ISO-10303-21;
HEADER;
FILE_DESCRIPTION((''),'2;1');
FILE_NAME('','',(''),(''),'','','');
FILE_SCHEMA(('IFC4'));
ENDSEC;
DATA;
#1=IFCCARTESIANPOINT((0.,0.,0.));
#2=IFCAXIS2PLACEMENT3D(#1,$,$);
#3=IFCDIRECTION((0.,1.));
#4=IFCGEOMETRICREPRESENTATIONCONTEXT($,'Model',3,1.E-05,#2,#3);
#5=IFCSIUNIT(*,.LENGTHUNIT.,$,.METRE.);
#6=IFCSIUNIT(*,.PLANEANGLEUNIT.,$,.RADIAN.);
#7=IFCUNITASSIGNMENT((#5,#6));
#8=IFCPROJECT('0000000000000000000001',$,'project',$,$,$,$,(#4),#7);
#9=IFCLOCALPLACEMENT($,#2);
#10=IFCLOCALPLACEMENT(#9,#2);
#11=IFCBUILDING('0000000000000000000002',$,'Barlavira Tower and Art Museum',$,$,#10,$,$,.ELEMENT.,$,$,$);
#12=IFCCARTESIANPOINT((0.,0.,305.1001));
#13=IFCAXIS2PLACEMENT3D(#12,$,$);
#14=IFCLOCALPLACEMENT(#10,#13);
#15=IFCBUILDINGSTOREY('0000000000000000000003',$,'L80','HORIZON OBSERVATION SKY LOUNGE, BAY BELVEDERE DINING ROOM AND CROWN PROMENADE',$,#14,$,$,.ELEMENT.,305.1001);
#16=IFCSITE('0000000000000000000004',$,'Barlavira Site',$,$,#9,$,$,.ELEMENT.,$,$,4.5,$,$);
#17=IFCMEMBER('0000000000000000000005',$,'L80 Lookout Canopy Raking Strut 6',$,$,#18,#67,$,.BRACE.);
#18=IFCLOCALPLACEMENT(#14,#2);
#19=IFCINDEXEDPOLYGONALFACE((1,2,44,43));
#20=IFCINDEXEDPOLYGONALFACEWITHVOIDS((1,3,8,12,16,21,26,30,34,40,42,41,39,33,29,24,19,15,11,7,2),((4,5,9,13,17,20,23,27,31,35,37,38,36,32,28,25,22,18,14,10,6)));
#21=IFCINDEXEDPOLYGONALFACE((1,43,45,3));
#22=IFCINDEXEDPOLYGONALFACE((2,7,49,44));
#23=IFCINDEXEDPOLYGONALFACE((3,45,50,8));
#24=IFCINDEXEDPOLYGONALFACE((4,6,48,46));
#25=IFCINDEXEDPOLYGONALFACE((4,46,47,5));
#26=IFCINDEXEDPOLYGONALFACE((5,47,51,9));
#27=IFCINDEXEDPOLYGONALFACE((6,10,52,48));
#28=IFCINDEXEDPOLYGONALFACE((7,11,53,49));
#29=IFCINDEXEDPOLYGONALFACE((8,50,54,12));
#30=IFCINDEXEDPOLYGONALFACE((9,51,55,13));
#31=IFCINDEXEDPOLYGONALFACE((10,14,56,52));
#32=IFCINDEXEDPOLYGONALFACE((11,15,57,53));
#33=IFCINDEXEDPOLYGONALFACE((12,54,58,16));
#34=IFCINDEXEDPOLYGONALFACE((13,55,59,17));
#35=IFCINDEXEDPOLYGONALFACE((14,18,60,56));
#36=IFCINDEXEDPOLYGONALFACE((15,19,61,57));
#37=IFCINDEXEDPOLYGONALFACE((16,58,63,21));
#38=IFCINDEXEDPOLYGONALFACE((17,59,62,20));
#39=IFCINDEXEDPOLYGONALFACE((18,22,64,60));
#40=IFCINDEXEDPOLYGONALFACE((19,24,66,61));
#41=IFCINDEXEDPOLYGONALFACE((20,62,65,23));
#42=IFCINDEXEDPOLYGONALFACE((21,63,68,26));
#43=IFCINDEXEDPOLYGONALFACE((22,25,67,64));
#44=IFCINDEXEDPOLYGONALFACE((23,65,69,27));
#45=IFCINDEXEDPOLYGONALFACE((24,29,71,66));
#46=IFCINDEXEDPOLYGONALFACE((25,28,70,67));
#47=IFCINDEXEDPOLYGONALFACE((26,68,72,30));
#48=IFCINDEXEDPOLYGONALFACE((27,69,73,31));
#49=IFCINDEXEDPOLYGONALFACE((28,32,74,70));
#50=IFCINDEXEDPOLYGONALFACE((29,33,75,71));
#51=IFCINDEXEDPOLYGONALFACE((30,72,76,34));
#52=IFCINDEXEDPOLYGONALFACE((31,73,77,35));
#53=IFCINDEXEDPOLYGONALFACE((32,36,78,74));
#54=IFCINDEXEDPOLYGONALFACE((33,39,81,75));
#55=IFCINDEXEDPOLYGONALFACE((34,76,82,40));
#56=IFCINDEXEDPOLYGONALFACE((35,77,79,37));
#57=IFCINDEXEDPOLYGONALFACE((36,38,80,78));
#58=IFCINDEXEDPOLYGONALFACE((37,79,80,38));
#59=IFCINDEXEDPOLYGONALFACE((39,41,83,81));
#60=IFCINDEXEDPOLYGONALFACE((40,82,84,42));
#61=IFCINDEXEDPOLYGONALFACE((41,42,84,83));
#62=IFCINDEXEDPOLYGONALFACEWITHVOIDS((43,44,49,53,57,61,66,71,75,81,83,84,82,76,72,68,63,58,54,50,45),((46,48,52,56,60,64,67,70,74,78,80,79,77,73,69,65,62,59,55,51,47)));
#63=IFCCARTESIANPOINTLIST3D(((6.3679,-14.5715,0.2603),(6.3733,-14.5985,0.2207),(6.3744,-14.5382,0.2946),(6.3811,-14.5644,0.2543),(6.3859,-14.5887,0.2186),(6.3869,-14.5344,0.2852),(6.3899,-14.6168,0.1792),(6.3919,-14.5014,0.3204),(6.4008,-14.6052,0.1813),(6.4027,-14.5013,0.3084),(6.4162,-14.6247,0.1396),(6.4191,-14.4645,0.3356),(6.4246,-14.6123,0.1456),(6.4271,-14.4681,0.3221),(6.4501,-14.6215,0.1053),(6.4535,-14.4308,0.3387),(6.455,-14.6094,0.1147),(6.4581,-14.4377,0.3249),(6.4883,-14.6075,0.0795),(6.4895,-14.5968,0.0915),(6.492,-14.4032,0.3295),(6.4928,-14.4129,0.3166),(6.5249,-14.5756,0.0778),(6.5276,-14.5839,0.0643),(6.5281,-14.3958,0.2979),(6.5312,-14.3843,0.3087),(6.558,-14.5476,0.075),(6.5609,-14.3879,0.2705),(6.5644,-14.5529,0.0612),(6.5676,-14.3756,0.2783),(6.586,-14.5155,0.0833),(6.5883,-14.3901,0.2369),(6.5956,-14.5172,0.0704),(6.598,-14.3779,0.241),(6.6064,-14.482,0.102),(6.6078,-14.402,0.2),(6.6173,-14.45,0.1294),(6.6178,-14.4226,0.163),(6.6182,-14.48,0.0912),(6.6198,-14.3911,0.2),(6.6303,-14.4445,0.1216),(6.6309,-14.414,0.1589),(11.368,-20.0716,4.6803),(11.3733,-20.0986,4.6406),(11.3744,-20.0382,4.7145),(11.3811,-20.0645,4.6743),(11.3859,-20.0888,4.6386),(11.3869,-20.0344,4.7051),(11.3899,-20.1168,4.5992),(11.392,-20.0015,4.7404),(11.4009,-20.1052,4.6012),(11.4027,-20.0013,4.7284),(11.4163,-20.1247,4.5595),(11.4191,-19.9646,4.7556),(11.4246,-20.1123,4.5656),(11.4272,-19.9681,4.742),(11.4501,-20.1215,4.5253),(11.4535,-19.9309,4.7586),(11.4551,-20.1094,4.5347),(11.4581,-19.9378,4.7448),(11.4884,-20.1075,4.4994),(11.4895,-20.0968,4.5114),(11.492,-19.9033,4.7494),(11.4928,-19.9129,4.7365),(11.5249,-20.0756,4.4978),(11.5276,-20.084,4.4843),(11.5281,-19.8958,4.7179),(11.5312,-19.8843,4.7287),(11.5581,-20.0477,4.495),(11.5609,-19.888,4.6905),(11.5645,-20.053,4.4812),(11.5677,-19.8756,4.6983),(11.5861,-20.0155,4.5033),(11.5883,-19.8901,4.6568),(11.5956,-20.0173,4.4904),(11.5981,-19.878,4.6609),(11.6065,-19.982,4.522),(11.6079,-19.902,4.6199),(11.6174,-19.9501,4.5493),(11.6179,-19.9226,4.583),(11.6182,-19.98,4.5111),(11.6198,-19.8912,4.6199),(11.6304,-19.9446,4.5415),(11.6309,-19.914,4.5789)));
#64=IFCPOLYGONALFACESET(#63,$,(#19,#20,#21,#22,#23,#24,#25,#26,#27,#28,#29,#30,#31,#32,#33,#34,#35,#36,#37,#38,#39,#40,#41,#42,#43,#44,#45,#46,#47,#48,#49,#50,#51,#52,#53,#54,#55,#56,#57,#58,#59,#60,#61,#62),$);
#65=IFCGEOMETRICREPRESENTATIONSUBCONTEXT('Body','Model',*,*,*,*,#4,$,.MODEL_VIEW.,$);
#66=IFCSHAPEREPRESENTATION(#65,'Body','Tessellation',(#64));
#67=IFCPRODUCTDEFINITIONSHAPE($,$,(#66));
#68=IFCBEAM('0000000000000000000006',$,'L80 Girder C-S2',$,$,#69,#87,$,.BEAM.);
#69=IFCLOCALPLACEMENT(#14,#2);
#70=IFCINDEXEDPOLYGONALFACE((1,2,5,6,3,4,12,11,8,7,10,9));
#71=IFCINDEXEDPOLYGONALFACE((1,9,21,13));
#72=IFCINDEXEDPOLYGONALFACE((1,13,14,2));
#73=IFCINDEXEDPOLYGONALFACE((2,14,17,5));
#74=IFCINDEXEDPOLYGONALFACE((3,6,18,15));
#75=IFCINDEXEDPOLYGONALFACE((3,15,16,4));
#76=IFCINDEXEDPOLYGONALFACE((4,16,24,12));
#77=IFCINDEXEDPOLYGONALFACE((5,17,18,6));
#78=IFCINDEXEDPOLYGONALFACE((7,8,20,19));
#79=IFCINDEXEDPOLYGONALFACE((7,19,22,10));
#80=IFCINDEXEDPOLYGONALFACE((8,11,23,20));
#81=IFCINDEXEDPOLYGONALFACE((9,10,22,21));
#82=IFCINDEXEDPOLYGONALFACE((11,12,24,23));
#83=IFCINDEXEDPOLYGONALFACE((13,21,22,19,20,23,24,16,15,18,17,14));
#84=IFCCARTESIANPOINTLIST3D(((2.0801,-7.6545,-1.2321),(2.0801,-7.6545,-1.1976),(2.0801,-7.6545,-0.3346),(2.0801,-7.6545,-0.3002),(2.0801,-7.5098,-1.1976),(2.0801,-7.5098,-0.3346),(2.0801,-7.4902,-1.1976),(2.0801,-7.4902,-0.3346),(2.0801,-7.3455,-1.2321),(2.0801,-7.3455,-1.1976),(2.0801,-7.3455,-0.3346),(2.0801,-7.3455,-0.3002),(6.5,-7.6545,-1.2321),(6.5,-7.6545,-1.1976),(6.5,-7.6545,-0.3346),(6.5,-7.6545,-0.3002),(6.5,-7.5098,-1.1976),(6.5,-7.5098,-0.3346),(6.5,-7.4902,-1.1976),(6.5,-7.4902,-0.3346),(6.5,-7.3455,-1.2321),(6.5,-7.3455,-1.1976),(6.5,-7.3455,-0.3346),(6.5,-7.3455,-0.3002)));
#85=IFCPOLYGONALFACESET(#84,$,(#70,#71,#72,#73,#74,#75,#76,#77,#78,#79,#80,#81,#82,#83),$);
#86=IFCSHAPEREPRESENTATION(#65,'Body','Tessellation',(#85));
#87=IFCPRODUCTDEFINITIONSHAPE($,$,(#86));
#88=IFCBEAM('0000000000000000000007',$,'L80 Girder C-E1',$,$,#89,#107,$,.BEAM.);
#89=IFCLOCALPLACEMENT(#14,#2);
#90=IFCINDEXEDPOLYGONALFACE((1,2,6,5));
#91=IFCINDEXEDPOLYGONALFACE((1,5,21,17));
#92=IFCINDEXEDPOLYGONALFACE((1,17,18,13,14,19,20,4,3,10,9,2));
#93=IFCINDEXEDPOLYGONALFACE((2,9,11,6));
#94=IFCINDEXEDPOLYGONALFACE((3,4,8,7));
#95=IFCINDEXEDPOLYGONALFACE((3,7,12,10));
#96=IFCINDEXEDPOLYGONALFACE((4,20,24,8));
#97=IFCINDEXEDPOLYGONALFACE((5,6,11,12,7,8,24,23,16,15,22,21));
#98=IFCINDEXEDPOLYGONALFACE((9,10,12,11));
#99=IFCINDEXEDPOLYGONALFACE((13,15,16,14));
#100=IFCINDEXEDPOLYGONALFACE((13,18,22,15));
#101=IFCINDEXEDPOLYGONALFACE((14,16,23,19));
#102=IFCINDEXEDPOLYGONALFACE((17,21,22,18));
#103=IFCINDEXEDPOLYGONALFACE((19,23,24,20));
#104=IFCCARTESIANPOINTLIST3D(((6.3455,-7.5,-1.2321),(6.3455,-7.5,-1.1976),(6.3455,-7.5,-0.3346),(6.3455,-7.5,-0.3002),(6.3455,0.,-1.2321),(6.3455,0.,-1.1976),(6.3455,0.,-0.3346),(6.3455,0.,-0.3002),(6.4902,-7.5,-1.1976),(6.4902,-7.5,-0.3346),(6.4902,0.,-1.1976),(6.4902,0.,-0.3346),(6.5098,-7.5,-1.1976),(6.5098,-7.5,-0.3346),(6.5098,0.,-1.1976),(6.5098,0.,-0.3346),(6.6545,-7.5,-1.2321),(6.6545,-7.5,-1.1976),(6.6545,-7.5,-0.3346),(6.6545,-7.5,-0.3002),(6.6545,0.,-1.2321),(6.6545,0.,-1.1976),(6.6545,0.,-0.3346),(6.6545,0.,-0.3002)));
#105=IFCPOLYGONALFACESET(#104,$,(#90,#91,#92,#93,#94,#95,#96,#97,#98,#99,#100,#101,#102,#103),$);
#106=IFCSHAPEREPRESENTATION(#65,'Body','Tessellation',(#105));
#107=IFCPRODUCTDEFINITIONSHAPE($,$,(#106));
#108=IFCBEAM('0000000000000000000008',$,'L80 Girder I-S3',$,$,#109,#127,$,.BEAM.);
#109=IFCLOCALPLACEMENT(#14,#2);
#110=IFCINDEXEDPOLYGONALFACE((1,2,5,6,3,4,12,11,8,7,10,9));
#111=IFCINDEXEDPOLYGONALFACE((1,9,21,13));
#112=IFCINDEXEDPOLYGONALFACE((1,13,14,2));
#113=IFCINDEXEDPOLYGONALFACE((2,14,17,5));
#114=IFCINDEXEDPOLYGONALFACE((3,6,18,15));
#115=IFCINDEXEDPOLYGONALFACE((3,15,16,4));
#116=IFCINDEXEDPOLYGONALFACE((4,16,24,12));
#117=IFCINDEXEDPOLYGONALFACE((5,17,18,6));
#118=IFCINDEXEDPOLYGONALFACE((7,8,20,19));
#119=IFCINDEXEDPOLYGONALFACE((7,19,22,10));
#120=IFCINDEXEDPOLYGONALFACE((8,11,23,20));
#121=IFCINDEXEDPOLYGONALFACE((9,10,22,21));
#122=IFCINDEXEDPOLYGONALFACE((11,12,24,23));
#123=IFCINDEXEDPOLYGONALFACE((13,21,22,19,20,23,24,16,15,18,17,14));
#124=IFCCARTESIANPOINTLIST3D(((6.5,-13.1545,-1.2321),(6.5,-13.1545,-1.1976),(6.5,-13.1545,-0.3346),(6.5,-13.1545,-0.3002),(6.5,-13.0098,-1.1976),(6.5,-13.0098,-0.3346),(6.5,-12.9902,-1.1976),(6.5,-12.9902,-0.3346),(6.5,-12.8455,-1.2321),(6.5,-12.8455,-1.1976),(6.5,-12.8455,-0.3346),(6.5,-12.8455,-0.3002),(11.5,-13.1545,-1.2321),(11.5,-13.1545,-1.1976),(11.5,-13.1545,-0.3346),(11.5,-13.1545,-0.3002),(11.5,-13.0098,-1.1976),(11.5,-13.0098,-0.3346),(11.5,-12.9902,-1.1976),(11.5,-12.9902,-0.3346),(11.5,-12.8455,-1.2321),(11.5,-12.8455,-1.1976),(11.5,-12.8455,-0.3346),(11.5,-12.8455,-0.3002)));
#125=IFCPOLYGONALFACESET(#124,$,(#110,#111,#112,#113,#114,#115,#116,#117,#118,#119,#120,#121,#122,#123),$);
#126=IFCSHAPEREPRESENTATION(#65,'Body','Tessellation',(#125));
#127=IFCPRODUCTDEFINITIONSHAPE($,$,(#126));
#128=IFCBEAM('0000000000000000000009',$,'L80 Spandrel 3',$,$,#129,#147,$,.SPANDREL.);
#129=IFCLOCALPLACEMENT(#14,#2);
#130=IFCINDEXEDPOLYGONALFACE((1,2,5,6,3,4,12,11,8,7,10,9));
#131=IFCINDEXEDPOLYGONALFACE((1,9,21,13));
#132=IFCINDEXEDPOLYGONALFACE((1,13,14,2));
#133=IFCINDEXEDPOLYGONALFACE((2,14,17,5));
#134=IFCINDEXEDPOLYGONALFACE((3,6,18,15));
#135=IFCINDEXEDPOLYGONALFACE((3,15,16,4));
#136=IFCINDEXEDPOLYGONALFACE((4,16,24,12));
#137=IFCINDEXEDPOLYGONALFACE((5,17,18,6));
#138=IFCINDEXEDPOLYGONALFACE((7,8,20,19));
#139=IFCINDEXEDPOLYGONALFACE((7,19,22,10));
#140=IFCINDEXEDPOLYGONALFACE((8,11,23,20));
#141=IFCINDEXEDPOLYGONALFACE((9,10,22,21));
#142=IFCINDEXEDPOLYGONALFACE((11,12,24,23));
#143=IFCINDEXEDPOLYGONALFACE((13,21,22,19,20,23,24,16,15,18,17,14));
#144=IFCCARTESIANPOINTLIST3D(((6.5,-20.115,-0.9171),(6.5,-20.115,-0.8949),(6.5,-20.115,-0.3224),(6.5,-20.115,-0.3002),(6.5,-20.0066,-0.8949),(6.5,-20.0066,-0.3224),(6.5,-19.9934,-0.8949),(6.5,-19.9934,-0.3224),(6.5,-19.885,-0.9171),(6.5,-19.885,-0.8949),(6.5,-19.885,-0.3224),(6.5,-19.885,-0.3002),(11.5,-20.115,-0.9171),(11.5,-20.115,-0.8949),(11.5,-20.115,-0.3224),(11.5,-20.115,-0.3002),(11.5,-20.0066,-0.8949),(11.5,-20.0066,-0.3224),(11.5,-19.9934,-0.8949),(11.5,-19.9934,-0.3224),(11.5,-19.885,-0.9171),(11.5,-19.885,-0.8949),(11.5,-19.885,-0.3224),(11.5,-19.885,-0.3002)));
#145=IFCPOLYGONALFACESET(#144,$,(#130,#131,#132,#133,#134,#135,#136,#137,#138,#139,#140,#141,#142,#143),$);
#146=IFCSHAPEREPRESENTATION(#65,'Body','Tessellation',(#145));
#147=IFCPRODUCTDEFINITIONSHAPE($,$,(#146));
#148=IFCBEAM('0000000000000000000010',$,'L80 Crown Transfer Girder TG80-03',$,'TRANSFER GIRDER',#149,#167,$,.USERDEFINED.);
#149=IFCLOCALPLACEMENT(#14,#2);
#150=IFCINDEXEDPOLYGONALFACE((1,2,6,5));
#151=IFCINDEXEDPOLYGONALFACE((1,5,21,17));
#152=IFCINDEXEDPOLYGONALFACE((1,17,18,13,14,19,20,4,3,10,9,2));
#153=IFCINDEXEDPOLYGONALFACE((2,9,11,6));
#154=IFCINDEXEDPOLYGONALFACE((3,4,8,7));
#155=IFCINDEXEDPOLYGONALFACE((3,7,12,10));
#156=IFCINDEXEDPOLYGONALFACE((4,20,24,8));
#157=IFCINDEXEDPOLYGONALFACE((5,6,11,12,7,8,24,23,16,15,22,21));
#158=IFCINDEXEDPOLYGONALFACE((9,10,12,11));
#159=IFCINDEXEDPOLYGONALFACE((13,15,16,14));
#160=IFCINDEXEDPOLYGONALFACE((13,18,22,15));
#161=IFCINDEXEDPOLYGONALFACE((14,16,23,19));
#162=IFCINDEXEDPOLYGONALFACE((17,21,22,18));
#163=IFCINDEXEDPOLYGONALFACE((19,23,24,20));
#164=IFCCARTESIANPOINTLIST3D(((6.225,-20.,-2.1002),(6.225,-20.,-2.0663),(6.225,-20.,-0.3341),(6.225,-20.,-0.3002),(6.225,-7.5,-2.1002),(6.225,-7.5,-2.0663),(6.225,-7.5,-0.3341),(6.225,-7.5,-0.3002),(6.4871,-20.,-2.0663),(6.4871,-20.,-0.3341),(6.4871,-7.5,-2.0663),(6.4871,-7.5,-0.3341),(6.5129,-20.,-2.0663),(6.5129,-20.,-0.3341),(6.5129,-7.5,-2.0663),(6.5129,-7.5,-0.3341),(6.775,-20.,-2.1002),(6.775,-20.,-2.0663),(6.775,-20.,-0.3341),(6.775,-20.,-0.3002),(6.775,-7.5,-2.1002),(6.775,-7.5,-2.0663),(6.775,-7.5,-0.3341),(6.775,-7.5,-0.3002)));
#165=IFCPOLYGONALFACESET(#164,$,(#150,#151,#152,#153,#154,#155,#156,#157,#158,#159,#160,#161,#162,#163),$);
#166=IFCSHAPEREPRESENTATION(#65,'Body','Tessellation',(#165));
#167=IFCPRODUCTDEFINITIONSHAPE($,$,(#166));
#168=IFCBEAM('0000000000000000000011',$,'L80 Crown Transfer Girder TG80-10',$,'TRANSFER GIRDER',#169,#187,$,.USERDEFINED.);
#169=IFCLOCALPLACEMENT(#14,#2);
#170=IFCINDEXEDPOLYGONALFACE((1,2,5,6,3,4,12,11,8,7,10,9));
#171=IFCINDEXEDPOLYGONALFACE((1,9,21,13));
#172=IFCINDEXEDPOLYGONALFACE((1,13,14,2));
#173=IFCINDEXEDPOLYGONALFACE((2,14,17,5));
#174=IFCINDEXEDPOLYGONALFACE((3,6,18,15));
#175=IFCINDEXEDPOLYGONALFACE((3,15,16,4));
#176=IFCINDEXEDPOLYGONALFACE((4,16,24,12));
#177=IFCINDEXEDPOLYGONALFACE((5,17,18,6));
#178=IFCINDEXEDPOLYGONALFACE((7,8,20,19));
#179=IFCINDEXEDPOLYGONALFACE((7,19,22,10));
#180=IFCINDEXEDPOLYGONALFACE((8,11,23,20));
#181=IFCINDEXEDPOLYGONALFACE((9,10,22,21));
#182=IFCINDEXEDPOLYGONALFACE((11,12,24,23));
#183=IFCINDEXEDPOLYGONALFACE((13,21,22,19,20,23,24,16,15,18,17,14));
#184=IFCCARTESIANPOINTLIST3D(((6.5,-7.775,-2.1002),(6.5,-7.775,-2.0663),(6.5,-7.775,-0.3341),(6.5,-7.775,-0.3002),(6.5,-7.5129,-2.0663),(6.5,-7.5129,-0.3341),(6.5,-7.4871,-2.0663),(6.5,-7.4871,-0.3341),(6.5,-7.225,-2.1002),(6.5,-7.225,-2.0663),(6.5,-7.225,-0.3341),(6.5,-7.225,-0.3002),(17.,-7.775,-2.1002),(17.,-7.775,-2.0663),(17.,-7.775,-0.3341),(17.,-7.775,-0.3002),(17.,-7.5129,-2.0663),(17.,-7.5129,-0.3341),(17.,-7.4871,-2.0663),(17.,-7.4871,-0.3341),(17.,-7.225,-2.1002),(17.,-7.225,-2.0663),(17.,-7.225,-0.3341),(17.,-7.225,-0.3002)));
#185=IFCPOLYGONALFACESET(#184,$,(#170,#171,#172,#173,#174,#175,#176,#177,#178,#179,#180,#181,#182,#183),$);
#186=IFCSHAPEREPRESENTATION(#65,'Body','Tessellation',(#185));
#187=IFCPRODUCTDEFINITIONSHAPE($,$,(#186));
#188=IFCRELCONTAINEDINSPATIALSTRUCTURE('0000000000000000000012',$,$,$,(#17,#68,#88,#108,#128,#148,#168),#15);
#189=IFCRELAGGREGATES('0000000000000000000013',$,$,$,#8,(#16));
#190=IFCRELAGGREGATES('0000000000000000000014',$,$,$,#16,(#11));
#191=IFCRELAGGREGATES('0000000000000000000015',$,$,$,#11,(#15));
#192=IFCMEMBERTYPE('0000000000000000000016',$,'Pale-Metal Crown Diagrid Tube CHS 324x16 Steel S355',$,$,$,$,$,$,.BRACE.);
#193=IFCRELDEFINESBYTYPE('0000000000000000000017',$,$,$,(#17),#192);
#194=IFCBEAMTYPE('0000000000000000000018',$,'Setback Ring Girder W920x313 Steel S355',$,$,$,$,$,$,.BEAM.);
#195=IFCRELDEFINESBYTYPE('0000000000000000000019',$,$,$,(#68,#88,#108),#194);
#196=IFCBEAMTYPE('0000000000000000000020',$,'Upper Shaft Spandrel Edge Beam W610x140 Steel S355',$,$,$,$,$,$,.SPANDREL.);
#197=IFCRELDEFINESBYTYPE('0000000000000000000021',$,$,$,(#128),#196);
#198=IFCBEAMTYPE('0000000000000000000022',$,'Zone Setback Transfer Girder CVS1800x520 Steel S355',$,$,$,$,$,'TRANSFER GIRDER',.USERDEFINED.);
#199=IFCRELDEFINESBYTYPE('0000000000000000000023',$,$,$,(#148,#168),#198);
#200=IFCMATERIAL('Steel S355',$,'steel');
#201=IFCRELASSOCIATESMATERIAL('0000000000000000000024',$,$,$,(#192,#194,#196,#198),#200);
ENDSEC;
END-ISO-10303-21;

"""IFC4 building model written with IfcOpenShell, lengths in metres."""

from ifc_helpers import new_model, si_unit, direction, frame, origin, origin_2d, place, context, subcontext, project, spatial, hollow_circle, i_section, extrude, material, material_profile, profile_set, type_object, element, save


model = new_model("IFC4")

# Units and contexts
model_context = context("Model", 3, precision=1e-05, world=origin(), true_north=direction((0.0, 1.0)))
body_context = subcontext(model_context, "Body", "Model", "MODEL_VIEW")
ifc_project = project(units=[si_unit("LENGTHUNIT", "METRE"), si_unit("PLANEANGLEUNIT", "RADIAN")], contexts=[model_context])

# Site, building, storey
site_placement = place(None, origin())
site = spatial("IfcSite", under=ifc_project, at=site_placement, Name="Barlavira Site", CompositionType="ELEMENT", RefElevation=4.5)
building_placement = place(site_placement, origin())
building = spatial("IfcBuilding", under=site, at=building_placement, Name="Barlavira Tower and Art Museum", CompositionType="ELEMENT")
storey_placement = place(building_placement, frame((0.0, 0.0, 305.1001)))
storey = spatial("IfcBuildingStorey", under=building, at=storey_placement, Name="L80", Description="HORIZON OBSERVATION SKY LOUNGE, BAY BELVEDERE DINING ROOM AND CROWN PROMENADE", CompositionType="ELEMENT", Elevation=305.1001)

# Shared definitions
ifc_material_1 = material(Name="Steel S355", Category="steel")

# Member
ifc_material_profile_1 = material_profile(ifc_material_1, hollow_circle(Radius=0.1619, WallThickness=0.0161, at=origin_2d()), Name="CHS 323.9x16.0")
ifc_profile_set_1 = profile_set([ifc_material_profile_1], Name="Steel S355")
member_type_1 = type_object("IfcMemberType", Name="Pale-Metal Crown Diagrid Tube CHS 324x16 Steel S355", PredefinedType="BRACE", material=ifc_profile_set_1)
member_1_placement = place(storey_placement, frame((6.5, -14.5, 0.2), z_axis=(0.578177, -0.635995, 0.511099), x_axis=(0.73994, 0.672673, 0.0)))
element("IfcMember", 1, at=member_1_placement, inside=storey, type_object=member_type_1, Name="L80 Lookout Canopy Raking Strut 6", PredefinedType="BRACE", context=body_context, shape_type="SweptSolid", body=[
    extrude(hollow_circle(Radius=0.1619, WallThickness=0.0161, at=origin_2d()), origin(), (0.0, 0.0, 1.0), 8.6479),
])

# Beams
ifc_material_profile_2 = material_profile(ifc_material_1, i_section(OverallWidth=0.3091, OverallDepth=0.9319, WebThickness=0.0195, FlangeThickness=0.0344, at=origin_2d()), Name="W920x313.0")
ifc_profile_set_2 = profile_set([ifc_material_profile_2], Name="Steel S355")
beam_type_1 = type_object("IfcBeamType", Name="Setback Ring Girder W920x313 Steel S355", PredefinedType="BEAM", material=ifc_profile_set_2)
beam_1_placement = place(storey_placement, frame((2.0801, -7.5, -0.7661), z_axis=(1.0, 0.0, 0.0), x_axis=(0.0, 1.0, 0.0)))
element("IfcBeam", 2, at=beam_1_placement, inside=storey, type_object=beam_type_1, Name="L80 Girder C-S2", PredefinedType="BEAM", context=body_context, shape_type="SweptSolid", body=[
    extrude(i_section(OverallWidth=0.3091, OverallDepth=0.9319, WebThickness=0.0195, FlangeThickness=0.0344, at=origin_2d()), origin(), (0.0, 0.0, 1.0), 4.4199),
])
beam_2_placement = place(storey_placement, frame((6.5, -7.5, -0.7661), z_axis=(0.0, 1.0, 0.0), x_axis=(-1.0, 0.0, 0.0)))
element("IfcBeam", 3, at=beam_2_placement, inside=storey, type_object=beam_type_1, Name="L80 Girder C-E1", PredefinedType="BEAM", context=body_context, shape_type="SweptSolid", body=[
    extrude(i_section(OverallWidth=0.3091, OverallDepth=0.9319, WebThickness=0.0195, FlangeThickness=0.0344, at=origin_2d()), origin(), (0.0, 0.0, 1.0), 7.5),
])
beam_3_placement = place(storey_placement, frame((6.5, -13.0, -0.7661), z_axis=(1.0, 0.0, 0.0), x_axis=(0.0, 1.0, 0.0)))
element("IfcBeam", 4, at=beam_3_placement, inside=storey, type_object=beam_type_1, Name="L80 Girder I-S3", PredefinedType="BEAM", context=body_context, shape_type="SweptSolid", body=[
    extrude(i_section(OverallWidth=0.3091, OverallDepth=0.9319, WebThickness=0.0195, FlangeThickness=0.0344, at=origin_2d()), origin(), (0.0, 0.0, 1.0), 5.0),
])
ifc_material_profile_3 = material_profile(ifc_material_1, i_section(OverallWidth=0.23, OverallDepth=0.6169, WebThickness=0.0132, FlangeThickness=0.0222, at=origin_2d()), Name="W610x140.0")
ifc_profile_set_3 = profile_set([ifc_material_profile_3], Name="Steel S355")
beam_type_2 = type_object("IfcBeamType", Name="Upper Shaft Spandrel Edge Beam W610x140 Steel S355", PredefinedType="SPANDREL", material=ifc_profile_set_3)
beam_4_placement = place(storey_placement, frame((6.5, -20.0, -0.6086), z_axis=(1.0, 0.0, 0.0), x_axis=(0.0, 1.0, 0.0)))
element("IfcBeam", 5, at=beam_4_placement, inside=storey, type_object=beam_type_2, Name="L80 Spandrel 3", PredefinedType="SPANDREL", context=body_context, shape_type="SweptSolid", body=[
    extrude(i_section(OverallWidth=0.23, OverallDepth=0.6169, WebThickness=0.0132, FlangeThickness=0.0222, at=origin_2d()), origin(), (0.0, 0.0, 1.0), 5.0),
])
ifc_material_profile_4 = material_profile(ifc_material_1, i_section(OverallWidth=0.55, OverallDepth=1.8, WebThickness=0.0259, FlangeThickness=0.0339, at=origin_2d()), Name="CVS1800x520")
ifc_profile_set_4 = profile_set([ifc_material_profile_4], Name="Steel S355")
beam_type_3 = type_object("IfcBeamType", Name="Zone Setback Transfer Girder CVS1800x520 Steel S355", ElementType="TRANSFER GIRDER", PredefinedType="USERDEFINED", material=ifc_profile_set_4)
beam_5_placement = place(storey_placement, frame((6.5, -20.0, -1.2002), z_axis=(0.0, 1.0, 0.0), x_axis=(-1.0, 0.0, 0.0)))
element("IfcBeam", 6, at=beam_5_placement, inside=storey, type_object=beam_type_3, Name="L80 Crown Transfer Girder TG80-03", ObjectType="TRANSFER GIRDER", PredefinedType="USERDEFINED", context=body_context, shape_type="SweptSolid", body=[
    extrude(i_section(OverallWidth=0.55, OverallDepth=1.8, WebThickness=0.0259, FlangeThickness=0.0339, at=origin_2d()), origin(), (0.0, 0.0, 1.0), 12.5),
])
beam_6_placement = place(storey_placement, frame((6.5, -7.5, -1.2002), z_axis=(1.0, 0.0, 0.0), x_axis=(0.0, 1.0, 0.0)))
element("IfcBeam", 7, at=beam_6_placement, inside=storey, type_object=beam_type_3, Name="L80 Crown Transfer Girder TG80-10", ObjectType="TRANSFER GIRDER", PredefinedType="USERDEFINED", context=body_context, shape_type="SweptSolid", body=[
    extrude(i_section(OverallWidth=0.55, OverallDepth=1.8, WebThickness=0.0259, FlangeThickness=0.0339, at=origin_2d()), origin(), (0.0, 0.0, 1.0), 10.5),
])

save(model, "model.ifc")
